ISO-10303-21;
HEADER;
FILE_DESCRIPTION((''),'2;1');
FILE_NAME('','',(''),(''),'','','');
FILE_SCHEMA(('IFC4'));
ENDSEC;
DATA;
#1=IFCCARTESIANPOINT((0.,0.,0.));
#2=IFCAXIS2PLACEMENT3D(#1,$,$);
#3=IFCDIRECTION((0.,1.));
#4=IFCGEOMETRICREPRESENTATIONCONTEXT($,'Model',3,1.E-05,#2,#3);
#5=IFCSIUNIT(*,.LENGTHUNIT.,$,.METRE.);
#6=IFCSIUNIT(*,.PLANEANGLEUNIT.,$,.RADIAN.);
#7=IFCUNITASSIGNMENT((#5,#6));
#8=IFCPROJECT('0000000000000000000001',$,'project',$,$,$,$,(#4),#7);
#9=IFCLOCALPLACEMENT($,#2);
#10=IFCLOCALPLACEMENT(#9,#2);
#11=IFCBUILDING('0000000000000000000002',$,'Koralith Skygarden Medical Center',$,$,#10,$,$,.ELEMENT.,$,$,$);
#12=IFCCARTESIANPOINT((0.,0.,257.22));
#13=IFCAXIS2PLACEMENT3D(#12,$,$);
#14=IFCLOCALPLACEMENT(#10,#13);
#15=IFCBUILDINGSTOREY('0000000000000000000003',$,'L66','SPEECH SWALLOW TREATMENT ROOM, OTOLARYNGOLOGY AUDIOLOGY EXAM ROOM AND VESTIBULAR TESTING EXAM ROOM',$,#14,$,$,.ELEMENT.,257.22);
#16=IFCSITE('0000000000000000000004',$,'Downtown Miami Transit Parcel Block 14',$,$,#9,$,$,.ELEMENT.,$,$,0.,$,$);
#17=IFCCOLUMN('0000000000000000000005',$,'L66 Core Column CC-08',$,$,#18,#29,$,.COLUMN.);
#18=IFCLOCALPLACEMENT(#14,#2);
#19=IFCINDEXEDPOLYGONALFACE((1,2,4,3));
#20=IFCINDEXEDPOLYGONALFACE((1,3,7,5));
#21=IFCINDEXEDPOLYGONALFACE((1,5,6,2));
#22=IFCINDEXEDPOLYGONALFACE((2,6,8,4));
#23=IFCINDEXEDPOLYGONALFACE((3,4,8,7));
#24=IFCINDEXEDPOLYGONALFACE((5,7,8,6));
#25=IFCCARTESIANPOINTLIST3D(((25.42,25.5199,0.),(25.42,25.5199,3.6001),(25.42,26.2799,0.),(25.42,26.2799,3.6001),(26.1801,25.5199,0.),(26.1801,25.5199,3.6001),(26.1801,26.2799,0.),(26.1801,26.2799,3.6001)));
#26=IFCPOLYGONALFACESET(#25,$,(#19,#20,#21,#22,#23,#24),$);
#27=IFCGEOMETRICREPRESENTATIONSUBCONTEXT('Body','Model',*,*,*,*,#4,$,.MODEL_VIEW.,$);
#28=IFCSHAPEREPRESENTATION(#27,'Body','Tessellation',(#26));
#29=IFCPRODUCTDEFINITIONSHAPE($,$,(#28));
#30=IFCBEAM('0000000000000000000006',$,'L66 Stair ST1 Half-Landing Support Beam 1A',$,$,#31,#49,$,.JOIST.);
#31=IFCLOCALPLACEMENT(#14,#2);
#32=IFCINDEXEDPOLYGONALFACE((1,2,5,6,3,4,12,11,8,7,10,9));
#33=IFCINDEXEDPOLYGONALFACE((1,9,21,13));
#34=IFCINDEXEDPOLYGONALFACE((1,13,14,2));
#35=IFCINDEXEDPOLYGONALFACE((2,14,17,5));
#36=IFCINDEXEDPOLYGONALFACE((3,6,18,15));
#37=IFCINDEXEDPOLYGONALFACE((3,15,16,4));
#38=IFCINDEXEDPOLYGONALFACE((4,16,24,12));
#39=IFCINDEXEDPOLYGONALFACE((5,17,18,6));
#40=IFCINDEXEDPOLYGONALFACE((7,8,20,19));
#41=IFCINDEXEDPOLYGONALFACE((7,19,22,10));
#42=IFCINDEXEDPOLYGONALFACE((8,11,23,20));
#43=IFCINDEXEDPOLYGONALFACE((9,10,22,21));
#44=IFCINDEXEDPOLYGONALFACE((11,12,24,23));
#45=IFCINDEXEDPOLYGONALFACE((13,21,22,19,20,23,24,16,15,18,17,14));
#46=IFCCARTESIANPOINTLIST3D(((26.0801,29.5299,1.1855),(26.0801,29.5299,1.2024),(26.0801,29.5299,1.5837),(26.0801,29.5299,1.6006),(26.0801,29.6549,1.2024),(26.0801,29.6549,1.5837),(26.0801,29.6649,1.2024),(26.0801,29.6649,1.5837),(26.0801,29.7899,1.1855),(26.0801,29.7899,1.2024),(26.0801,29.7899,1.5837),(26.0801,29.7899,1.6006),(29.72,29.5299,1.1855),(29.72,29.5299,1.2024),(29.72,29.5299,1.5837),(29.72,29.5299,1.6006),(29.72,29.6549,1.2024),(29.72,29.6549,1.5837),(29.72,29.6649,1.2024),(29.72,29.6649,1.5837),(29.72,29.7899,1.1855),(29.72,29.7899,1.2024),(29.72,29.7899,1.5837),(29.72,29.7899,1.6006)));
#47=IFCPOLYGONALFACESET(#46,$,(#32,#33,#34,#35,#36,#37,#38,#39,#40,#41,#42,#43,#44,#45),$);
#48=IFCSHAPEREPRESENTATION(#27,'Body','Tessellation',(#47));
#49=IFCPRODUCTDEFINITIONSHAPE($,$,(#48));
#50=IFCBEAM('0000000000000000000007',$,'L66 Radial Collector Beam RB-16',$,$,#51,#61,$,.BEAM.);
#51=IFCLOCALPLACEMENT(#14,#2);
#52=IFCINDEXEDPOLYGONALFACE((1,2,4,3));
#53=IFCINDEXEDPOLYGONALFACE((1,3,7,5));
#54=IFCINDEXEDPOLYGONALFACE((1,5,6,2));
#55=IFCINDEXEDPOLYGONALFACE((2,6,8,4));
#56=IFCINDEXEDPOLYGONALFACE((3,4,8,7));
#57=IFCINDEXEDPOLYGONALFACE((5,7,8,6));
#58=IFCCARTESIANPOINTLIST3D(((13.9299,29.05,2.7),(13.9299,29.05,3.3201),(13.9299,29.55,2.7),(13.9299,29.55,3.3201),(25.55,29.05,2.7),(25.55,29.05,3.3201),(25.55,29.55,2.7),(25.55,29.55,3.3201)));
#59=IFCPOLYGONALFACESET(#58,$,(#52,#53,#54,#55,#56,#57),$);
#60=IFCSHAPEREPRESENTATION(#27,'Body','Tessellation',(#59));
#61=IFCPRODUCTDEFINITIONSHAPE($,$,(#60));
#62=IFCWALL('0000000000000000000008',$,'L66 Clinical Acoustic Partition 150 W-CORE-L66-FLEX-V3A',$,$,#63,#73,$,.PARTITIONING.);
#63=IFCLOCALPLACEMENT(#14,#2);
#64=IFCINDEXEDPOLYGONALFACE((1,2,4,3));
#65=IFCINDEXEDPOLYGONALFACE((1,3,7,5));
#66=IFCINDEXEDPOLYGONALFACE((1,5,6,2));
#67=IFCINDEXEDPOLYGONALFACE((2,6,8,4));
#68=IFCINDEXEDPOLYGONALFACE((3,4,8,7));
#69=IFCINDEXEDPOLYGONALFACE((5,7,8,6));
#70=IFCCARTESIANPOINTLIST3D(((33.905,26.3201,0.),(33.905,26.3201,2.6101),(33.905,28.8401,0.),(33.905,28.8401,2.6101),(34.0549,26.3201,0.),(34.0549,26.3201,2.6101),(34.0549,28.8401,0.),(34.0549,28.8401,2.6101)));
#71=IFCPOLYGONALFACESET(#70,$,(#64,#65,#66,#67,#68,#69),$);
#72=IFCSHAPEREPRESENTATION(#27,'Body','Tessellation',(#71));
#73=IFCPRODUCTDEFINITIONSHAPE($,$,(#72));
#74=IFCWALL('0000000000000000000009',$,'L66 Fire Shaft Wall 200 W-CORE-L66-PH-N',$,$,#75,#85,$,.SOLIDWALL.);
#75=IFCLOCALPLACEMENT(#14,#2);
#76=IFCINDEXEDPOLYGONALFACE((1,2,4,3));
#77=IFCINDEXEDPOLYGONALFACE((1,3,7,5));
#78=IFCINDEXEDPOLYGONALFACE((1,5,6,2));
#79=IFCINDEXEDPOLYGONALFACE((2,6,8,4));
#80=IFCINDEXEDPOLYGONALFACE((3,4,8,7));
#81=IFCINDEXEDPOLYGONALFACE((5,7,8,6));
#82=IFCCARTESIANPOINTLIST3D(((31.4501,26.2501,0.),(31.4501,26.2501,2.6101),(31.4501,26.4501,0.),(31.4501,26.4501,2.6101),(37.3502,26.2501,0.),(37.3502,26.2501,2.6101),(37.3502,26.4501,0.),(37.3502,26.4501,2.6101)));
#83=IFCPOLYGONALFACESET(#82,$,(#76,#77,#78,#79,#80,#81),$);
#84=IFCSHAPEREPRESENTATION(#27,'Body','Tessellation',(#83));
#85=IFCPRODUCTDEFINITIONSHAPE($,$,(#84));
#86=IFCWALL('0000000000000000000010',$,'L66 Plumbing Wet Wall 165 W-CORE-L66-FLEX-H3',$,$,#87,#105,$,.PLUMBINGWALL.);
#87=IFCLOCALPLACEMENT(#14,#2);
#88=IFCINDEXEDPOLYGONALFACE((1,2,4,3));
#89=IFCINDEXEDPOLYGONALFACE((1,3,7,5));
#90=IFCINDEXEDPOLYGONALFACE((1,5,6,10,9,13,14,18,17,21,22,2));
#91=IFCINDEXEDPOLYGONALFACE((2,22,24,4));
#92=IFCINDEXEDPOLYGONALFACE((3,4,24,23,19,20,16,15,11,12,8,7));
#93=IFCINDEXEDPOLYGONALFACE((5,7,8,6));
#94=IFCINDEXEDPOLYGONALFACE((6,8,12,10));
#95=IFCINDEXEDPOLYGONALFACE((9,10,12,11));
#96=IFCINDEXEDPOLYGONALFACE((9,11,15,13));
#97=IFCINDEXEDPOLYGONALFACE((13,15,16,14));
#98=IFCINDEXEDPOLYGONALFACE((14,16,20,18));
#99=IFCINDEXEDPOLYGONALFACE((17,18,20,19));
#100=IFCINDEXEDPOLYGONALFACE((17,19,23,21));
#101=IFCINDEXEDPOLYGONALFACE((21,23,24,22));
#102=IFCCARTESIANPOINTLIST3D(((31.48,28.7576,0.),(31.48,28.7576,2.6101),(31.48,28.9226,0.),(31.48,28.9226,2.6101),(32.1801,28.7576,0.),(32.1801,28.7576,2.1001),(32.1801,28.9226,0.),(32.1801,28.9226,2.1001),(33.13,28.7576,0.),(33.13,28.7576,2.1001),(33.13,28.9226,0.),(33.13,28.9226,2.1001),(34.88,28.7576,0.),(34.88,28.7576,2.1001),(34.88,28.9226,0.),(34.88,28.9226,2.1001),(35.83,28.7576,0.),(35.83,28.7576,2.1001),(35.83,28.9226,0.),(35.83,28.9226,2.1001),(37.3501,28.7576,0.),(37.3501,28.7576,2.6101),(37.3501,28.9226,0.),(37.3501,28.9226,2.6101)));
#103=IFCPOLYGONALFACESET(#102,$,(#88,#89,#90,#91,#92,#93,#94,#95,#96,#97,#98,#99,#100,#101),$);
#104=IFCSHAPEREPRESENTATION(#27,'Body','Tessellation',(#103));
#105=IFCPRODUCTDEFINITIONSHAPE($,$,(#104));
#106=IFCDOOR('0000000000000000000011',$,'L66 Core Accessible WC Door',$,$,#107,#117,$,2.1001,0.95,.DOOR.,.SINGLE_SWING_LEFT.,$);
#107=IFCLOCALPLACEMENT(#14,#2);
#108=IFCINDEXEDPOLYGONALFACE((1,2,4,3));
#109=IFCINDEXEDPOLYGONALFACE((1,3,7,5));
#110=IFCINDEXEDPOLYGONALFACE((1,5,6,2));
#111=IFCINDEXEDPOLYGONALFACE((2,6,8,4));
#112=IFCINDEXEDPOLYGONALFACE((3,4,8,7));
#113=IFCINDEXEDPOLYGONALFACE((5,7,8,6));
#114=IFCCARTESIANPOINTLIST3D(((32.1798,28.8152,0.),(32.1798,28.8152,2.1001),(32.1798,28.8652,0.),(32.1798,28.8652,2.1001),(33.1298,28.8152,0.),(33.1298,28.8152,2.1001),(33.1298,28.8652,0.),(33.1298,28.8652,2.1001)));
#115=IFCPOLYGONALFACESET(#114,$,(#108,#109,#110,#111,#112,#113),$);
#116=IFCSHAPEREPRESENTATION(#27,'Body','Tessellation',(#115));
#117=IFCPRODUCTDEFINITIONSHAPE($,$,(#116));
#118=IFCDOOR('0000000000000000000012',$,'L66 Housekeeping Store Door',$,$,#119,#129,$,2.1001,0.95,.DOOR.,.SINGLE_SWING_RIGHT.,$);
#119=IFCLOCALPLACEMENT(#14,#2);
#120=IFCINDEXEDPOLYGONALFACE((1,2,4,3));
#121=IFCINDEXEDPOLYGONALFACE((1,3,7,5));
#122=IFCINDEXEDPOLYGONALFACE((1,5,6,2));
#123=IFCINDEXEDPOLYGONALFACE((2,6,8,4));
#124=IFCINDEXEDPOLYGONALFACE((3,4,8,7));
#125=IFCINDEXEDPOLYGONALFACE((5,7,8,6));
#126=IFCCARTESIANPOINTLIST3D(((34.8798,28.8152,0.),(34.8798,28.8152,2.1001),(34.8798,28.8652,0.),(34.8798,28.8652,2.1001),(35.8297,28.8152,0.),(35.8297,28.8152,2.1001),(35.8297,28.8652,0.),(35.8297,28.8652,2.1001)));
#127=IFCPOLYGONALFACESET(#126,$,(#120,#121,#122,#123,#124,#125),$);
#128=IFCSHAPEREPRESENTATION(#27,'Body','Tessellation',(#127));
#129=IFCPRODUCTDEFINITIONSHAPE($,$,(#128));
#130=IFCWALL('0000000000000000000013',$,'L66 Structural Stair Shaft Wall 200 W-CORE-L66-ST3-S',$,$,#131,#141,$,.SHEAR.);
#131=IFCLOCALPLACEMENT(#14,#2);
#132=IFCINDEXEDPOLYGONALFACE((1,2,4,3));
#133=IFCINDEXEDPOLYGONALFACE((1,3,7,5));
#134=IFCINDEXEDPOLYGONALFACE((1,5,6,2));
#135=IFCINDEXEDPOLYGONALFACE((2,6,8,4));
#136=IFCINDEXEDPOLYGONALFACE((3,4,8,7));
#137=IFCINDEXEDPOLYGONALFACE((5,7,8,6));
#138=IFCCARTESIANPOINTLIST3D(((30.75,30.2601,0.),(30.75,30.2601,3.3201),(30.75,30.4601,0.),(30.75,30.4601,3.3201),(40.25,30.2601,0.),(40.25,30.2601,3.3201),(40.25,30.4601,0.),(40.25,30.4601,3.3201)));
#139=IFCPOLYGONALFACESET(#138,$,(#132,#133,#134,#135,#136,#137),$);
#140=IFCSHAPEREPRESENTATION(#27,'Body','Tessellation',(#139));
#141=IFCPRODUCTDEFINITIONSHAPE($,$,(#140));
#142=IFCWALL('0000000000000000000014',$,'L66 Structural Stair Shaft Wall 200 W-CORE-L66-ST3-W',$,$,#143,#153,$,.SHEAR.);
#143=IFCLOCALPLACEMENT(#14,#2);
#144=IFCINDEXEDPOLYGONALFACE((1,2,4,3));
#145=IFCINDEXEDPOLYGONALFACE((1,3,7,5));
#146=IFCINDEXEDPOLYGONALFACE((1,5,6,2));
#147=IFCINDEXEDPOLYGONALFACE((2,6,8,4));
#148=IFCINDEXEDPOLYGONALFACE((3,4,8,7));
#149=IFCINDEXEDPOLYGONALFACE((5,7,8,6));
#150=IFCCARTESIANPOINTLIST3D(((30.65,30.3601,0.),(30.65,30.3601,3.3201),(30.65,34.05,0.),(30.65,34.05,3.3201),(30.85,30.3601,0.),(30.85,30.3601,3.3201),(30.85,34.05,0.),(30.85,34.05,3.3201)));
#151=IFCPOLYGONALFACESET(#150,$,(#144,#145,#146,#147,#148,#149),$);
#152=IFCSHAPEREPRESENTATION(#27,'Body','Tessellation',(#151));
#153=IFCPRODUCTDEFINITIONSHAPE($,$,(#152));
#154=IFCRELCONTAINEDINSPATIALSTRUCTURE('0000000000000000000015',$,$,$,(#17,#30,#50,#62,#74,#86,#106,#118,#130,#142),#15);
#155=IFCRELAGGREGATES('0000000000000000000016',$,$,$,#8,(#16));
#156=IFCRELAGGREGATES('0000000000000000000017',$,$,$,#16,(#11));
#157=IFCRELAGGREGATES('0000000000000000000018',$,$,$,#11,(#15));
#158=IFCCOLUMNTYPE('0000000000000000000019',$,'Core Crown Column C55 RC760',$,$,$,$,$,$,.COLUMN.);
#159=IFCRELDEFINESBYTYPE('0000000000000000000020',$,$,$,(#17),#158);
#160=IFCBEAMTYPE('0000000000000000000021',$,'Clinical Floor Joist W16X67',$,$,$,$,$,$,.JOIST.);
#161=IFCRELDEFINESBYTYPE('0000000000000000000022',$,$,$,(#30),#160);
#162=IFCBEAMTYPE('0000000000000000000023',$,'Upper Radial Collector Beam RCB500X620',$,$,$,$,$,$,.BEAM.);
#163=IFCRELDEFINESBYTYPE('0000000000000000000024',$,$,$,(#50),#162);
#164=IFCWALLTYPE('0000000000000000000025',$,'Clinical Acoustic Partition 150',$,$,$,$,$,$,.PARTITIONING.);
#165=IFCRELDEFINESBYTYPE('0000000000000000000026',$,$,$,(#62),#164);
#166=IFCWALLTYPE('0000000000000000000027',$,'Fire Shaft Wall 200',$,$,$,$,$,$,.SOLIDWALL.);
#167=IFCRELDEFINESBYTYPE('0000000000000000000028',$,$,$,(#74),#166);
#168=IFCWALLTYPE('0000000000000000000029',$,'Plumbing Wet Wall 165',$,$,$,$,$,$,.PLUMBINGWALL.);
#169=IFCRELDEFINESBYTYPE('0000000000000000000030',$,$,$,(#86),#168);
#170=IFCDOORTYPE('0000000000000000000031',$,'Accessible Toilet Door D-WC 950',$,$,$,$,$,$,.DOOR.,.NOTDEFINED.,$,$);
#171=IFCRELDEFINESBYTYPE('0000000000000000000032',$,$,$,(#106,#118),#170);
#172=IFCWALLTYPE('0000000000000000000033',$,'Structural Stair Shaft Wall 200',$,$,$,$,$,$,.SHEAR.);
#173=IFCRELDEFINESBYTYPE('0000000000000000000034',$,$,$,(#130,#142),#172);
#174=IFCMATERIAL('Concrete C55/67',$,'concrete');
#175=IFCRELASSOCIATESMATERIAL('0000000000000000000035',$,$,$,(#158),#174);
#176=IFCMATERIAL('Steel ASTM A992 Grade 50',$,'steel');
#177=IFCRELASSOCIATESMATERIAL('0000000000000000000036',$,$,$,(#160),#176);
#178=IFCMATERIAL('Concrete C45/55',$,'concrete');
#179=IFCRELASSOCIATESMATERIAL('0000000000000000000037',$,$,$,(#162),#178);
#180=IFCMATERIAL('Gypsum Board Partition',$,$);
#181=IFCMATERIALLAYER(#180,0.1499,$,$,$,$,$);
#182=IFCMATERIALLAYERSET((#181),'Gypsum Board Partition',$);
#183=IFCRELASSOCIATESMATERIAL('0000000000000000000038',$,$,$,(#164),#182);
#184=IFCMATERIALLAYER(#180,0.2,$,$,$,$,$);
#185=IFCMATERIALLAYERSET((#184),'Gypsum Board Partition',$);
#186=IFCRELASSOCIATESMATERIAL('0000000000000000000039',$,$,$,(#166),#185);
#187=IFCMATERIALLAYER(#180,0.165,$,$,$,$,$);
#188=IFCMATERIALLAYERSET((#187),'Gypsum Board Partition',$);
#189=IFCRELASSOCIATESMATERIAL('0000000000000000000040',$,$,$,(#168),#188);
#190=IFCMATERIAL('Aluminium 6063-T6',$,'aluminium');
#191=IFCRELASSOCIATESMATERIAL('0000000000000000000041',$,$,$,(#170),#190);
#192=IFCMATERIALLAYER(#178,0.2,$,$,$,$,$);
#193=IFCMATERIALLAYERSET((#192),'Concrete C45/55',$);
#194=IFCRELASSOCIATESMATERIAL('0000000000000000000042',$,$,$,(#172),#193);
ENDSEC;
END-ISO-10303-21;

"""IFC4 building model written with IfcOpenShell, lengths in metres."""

from ifc_helpers import new_model, si_unit, direction, frame, frame_2d, origin, origin_2d, place, context, subcontext, project, spatial, rectangle, i_section, extrude, material, layer, layer_set, material_profile, profile_set, type_object, element, fill, save


model = new_model("IFC4")

# Units and contexts
model_context = context("Model", 3, precision=1e-05, world=origin(), true_north=direction((0.0, 1.0)))
body_context = subcontext(model_context, "Body", "Model", "MODEL_VIEW")
ifc_project = project(units=[si_unit("LENGTHUNIT", "METRE"), si_unit("PLANEANGLEUNIT", "RADIAN")], contexts=[model_context])

# Site, building, storey
site_placement = place(None, origin())
site = spatial("IfcSite", under=ifc_project, at=site_placement, Name="Downtown Miami Transit Parcel Block 14", CompositionType="ELEMENT", RefElevation=0.0)
building_placement = place(site_placement, origin())
building = spatial("IfcBuilding", under=site, at=building_placement, Name="Koralith Skygarden Medical Center", CompositionType="ELEMENT")
storey_placement = place(building_placement, frame((0.0, 0.0, 257.22)))
storey = spatial("IfcBuildingStorey", under=building, at=storey_placement, Name="L66", Description="SPEECH SWALLOW TREATMENT ROOM, OTOLARYNGOLOGY AUDIOLOGY EXAM ROOM AND VESTIBULAR TESTING EXAM ROOM", CompositionType="ELEMENT", Elevation=257.22)

# Column
ifc_material_1 = material(Name="Concrete C55/67", Category="concrete")
ifc_material_profile_1 = material_profile(ifc_material_1, rectangle(XDim=0.76, YDim=0.76, at=origin_2d()), Name="RC760X760")
ifc_profile_set_1 = profile_set([ifc_material_profile_1], Name="Concrete C55/67")
column_type = type_object("IfcColumnType", Name="Core Crown Column C55 RC760", PredefinedType="COLUMN", material=ifc_profile_set_1)
column_placement = place(storey_placement, frame((25.8, 25.8999, 0.0), z_axis=(0.0, 0.0, 1.0), x_axis=(1.0, 0.0, 0.0)))
element("IfcColumn", 1, at=column_placement, inside=storey, type_object=column_type, Name="L66 Core Column CC-08", PredefinedType="COLUMN", context=body_context, shape_type="SweptSolid", body=[
    extrude(rectangle(XDim=0.76, YDim=0.76, at=origin_2d()), origin(), (0.0, 0.0, 1.0), 3.6001),
])

# Beams
ifc_material_2 = material(Name="Steel ASTM A992 Grade 50", Category="steel")
ifc_material_profile_2 = material_profile(ifc_material_2, i_section(OverallWidth=0.26, OverallDepth=0.415, WebThickness=0.01, FlangeThickness=0.0168, at=origin_2d()), Name="W16X67")
ifc_profile_set_2 = profile_set([ifc_material_profile_2], Name="Steel ASTM A992 Grade 50")
beam_type_1 = type_object("IfcBeamType", Name="Clinical Floor Joist W16X67", PredefinedType="JOIST", material=ifc_profile_set_2)
beam_1_placement = place(storey_placement, frame((26.0801, 29.6599, 1.3931), z_axis=(1.0, 0.0, 0.0), x_axis=(0.0, 1.0, 0.0)))
element("IfcBeam", 2, at=beam_1_placement, inside=storey, type_object=beam_type_1, Name="L66 Stair ST1 Half-Landing Support Beam 1A", PredefinedType="JOIST", context=body_context, shape_type="SweptSolid", body=[
    extrude(i_section(OverallWidth=0.26, OverallDepth=0.415, WebThickness=0.01, FlangeThickness=0.0168, at=origin_2d()), origin(), (0.0, 0.0, 1.0), 3.6399),
])
ifc_material_3 = material(Name="Concrete C45/55", Category="concrete")
ifc_material_profile_3 = material_profile(ifc_material_3, rectangle(XDim=0.5, YDim=0.6201, at=origin_2d()), Name="RCB500X620")
ifc_profile_set_3 = profile_set([ifc_material_profile_3], Name="Concrete C45/55")
beam_type_2 = type_object("IfcBeamType", Name="Upper Radial Collector Beam RCB500X620", PredefinedType="BEAM", material=ifc_profile_set_3)
beam_2_placement = place(storey_placement, frame((25.55, 29.3, 3.01), z_axis=(-1.0, 0.0, 0.0), x_axis=(0.0, -1.0, 0.0)))
element("IfcBeam", 3, at=beam_2_placement, inside=storey, type_object=beam_type_2, Name="L66 Radial Collector Beam RB-16", PredefinedType="BEAM", context=body_context, shape_type="SweptSolid", body=[
    extrude(rectangle(XDim=0.5, YDim=0.6201, at=origin_2d()), origin(), (0.0, 0.0, 1.0), 11.6201),
])

# Walls
ifc_material_4 = material(Name="Gypsum Board Partition")
ifc_layer_1 = layer(ifc_material_4, 0.1499)
ifc_layer_set_1 = layer_set([ifc_layer_1], Name="Gypsum Board Partition")
wall_type_1 = type_object("IfcWallType", Name="Clinical Acoustic Partition 150", PredefinedType="PARTITIONING", material=ifc_layer_set_1)
wall_1_placement = place(storey_placement, frame((33.98, 26.3201, 0.0), z_axis=(0.0, 0.0, 1.0), x_axis=(0.0, 1.0, 0.0)))
element("IfcWall", 4, at=wall_1_placement, inside=storey, type_object=wall_type_1, Name="L66 Clinical Acoustic Partition 150 W-CORE-L66-FLEX-V3A", PredefinedType="PARTITIONING", context=body_context, shape_type="SweptSolid", body=[
    extrude(rectangle(XDim=2.52, YDim=0.1499, at=frame_2d((1.26, 0.0))), origin(), (0.0, 0.0, 1.0), 2.6101),
])
ifc_layer_2 = layer(ifc_material_4, 0.2)
ifc_layer_set_2 = layer_set([ifc_layer_2], Name="Gypsum Board Partition")
wall_type_2 = type_object("IfcWallType", Name="Fire Shaft Wall 200", PredefinedType="SOLIDWALL", material=ifc_layer_set_2)
wall_2_placement = place(storey_placement, frame((31.45, 26.3501, 0.0), z_axis=(0.0, 0.0, 1.0), x_axis=(1.0, 0.0, 0.0)))
element("IfcWall", 5, at=wall_2_placement, inside=storey, type_object=wall_type_2, Name="L66 Fire Shaft Wall 200 W-CORE-L66-PH-N", PredefinedType="SOLIDWALL", context=body_context, shape_type="SweptSolid", body=[
    extrude(rectangle(XDim=5.9001, YDim=0.2, at=frame_2d((2.9502, 0.0))), origin(), (0.0, 0.0, 1.0), 2.6101),
])

# Shared definitions
ifc_layer_3 = layer(ifc_material_4, 0.165)
ifc_layer_set_3 = layer_set([ifc_layer_3], Name="Gypsum Board Partition")
wall_type_3 = type_object("IfcWallType", Name="Plumbing Wet Wall 165", PredefinedType="PLUMBINGWALL", material=ifc_layer_set_3)
ifc_material_5 = material(Name="Aluminium 6063-T6", Category="aluminium")

# Wall, openings, doors
wall_3_placement = place(storey_placement, frame((31.48, 28.8401, 0.0), z_axis=(0.0, 0.0, 1.0), x_axis=(1.0, 0.0, 0.0)))
wall_3 = element("IfcWall", 6, at=wall_3_placement, inside=storey, type_object=wall_type_3, Name="L66 Plumbing Wet Wall 165 W-CORE-L66-FLEX-H3", PredefinedType="PLUMBINGWALL", context=body_context, shape_type="SweptSolid", body=[
    extrude(rectangle(XDim=5.8701, YDim=0.165, at=frame_2d((2.9351, 0.0))), origin(), (0.0, 0.0, 1.0), 2.6101),
])
opening_1_placement = place(wall_3_placement, frame((0.7, 0.0, 0.0)))
opening_1 = element("IfcOpeningElement", 7, at=opening_1_placement, cuts=wall_3, PredefinedType="OPENING", context=body_context, shape_type="SweptSolid", body=[
    extrude(rectangle(XDim=0.95, YDim=2.1001, at=frame_2d((0.4751, 1.05))), frame((0.0, 0.0925, 0.0), z_axis=(0.0, -1.0, 0.0), x_axis=(1.0, 0.0, 0.0)), (0.0, 0.0, 1.0), 0.1851),
])
opening_2_placement = place(wall_3_placement, frame((3.3999, 0.0, 0.0)))
opening_2 = element("IfcOpeningElement", 8, at=opening_2_placement, cuts=wall_3, PredefinedType="OPENING", context=body_context, shape_type="SweptSolid", body=[
    extrude(rectangle(XDim=0.95, YDim=2.1001, at=frame_2d((0.4751, 1.05))), frame((0.0, 0.0925, 0.0), z_axis=(0.0, -1.0, 0.0), x_axis=(1.0, 0.0, 0.0)), (0.0, 0.0, 1.0), 0.1851),
])
door_type_1 = type_object("IfcDoorType", Name="Accessible Toilet Door D-WC 950", OperationType="NOTDEFINED", PredefinedType="DOOR", material=ifc_material_5)
door_1_placement = place(opening_1_placement, frame((0.95, 0.0, 0.0), z_axis=(0.0, 0.0, 1.0), x_axis=(-1.0, 0.0, 0.0)))
door_1 = element("IfcDoor", 9, at=door_1_placement, inside=storey, type_object=door_type_1, Name="L66 Core Accessible WC Door", OperationType="SINGLE_SWING_LEFT", OverallHeight=2.1001, OverallWidth=0.95, PredefinedType="DOOR", context=body_context, shape_type="SweptSolid", body=[
    extrude(rectangle(XDim=0.95, YDim=2.1001, at=frame_2d((0.4751, 1.05))), frame((0.0, 0.0249, 0.0), z_axis=(0.0, -1.0, 0.0), x_axis=(1.0, 0.0, 0.0)), (0.0, 0.0, 1.0), 0.05),
])
fill(opening_1, door_1)
door_2_placement = place(opening_2_placement, frame((0.95, 0.0, 0.0), z_axis=(0.0, 0.0, 1.0), x_axis=(-1.0, 0.0, 0.0)))
door_2 = element("IfcDoor", 10, at=door_2_placement, inside=storey, type_object=door_type_1, Name="L66 Housekeeping Store Door", OperationType="SINGLE_SWING_RIGHT", OverallHeight=2.1001, OverallWidth=0.95, PredefinedType="DOOR", context=body_context, shape_type="SweptSolid", body=[
    extrude(rectangle(XDim=0.95, YDim=2.1001, at=frame_2d((0.4751, 1.05))), frame((0.0, 0.0249, 0.0), z_axis=(0.0, -1.0, 0.0), x_axis=(1.0, 0.0, 0.0)), (0.0, 0.0, 1.0), 0.05),
])
fill(opening_2, door_2)

# Walls
ifc_layer_4 = layer(ifc_material_3, 0.2)
ifc_layer_set_4 = layer_set([ifc_layer_4], Name="Concrete C45/55")
wall_type_4 = type_object("IfcWallType", Name="Structural Stair Shaft Wall 200", PredefinedType="SHEAR", material=ifc_layer_set_4)
wall_4_placement = place(storey_placement, frame((30.75, 30.3601, 0.0), z_axis=(0.0, 0.0, 1.0), x_axis=(1.0, 0.0, 0.0)))
element("IfcWall", 11, at=wall_4_placement, inside=storey, type_object=wall_type_4, Name="L66 Structural Stair Shaft Wall 200 W-CORE-L66-ST3-S", PredefinedType="SHEAR", context=body_context, shape_type="SweptSolid", body=[
    extrude(rectangle(XDim=9.5, YDim=0.2, at=frame_2d((4.75, 0.0))), origin(), (0.0, 0.0, 1.0), 3.3201),
])
wall_5_placement = place(storey_placement, frame((30.75, 30.3601, 0.0), z_axis=(0.0, 0.0, 1.0), x_axis=(0.0, 1.0, 0.0)))
element("IfcWall", 12, at=wall_5_placement, inside=storey, type_object=wall_type_4, Name="L66 Structural Stair Shaft Wall 200 W-CORE-L66-ST3-W", PredefinedType="SHEAR", context=body_context, shape_type="SweptSolid", body=[
    extrude(rectangle(XDim=3.6899, YDim=0.2, at=frame_2d((1.845, 0.0))), origin(), (0.0, 0.0, 1.0), 3.3201),
])

save(model, "model.ifc")
